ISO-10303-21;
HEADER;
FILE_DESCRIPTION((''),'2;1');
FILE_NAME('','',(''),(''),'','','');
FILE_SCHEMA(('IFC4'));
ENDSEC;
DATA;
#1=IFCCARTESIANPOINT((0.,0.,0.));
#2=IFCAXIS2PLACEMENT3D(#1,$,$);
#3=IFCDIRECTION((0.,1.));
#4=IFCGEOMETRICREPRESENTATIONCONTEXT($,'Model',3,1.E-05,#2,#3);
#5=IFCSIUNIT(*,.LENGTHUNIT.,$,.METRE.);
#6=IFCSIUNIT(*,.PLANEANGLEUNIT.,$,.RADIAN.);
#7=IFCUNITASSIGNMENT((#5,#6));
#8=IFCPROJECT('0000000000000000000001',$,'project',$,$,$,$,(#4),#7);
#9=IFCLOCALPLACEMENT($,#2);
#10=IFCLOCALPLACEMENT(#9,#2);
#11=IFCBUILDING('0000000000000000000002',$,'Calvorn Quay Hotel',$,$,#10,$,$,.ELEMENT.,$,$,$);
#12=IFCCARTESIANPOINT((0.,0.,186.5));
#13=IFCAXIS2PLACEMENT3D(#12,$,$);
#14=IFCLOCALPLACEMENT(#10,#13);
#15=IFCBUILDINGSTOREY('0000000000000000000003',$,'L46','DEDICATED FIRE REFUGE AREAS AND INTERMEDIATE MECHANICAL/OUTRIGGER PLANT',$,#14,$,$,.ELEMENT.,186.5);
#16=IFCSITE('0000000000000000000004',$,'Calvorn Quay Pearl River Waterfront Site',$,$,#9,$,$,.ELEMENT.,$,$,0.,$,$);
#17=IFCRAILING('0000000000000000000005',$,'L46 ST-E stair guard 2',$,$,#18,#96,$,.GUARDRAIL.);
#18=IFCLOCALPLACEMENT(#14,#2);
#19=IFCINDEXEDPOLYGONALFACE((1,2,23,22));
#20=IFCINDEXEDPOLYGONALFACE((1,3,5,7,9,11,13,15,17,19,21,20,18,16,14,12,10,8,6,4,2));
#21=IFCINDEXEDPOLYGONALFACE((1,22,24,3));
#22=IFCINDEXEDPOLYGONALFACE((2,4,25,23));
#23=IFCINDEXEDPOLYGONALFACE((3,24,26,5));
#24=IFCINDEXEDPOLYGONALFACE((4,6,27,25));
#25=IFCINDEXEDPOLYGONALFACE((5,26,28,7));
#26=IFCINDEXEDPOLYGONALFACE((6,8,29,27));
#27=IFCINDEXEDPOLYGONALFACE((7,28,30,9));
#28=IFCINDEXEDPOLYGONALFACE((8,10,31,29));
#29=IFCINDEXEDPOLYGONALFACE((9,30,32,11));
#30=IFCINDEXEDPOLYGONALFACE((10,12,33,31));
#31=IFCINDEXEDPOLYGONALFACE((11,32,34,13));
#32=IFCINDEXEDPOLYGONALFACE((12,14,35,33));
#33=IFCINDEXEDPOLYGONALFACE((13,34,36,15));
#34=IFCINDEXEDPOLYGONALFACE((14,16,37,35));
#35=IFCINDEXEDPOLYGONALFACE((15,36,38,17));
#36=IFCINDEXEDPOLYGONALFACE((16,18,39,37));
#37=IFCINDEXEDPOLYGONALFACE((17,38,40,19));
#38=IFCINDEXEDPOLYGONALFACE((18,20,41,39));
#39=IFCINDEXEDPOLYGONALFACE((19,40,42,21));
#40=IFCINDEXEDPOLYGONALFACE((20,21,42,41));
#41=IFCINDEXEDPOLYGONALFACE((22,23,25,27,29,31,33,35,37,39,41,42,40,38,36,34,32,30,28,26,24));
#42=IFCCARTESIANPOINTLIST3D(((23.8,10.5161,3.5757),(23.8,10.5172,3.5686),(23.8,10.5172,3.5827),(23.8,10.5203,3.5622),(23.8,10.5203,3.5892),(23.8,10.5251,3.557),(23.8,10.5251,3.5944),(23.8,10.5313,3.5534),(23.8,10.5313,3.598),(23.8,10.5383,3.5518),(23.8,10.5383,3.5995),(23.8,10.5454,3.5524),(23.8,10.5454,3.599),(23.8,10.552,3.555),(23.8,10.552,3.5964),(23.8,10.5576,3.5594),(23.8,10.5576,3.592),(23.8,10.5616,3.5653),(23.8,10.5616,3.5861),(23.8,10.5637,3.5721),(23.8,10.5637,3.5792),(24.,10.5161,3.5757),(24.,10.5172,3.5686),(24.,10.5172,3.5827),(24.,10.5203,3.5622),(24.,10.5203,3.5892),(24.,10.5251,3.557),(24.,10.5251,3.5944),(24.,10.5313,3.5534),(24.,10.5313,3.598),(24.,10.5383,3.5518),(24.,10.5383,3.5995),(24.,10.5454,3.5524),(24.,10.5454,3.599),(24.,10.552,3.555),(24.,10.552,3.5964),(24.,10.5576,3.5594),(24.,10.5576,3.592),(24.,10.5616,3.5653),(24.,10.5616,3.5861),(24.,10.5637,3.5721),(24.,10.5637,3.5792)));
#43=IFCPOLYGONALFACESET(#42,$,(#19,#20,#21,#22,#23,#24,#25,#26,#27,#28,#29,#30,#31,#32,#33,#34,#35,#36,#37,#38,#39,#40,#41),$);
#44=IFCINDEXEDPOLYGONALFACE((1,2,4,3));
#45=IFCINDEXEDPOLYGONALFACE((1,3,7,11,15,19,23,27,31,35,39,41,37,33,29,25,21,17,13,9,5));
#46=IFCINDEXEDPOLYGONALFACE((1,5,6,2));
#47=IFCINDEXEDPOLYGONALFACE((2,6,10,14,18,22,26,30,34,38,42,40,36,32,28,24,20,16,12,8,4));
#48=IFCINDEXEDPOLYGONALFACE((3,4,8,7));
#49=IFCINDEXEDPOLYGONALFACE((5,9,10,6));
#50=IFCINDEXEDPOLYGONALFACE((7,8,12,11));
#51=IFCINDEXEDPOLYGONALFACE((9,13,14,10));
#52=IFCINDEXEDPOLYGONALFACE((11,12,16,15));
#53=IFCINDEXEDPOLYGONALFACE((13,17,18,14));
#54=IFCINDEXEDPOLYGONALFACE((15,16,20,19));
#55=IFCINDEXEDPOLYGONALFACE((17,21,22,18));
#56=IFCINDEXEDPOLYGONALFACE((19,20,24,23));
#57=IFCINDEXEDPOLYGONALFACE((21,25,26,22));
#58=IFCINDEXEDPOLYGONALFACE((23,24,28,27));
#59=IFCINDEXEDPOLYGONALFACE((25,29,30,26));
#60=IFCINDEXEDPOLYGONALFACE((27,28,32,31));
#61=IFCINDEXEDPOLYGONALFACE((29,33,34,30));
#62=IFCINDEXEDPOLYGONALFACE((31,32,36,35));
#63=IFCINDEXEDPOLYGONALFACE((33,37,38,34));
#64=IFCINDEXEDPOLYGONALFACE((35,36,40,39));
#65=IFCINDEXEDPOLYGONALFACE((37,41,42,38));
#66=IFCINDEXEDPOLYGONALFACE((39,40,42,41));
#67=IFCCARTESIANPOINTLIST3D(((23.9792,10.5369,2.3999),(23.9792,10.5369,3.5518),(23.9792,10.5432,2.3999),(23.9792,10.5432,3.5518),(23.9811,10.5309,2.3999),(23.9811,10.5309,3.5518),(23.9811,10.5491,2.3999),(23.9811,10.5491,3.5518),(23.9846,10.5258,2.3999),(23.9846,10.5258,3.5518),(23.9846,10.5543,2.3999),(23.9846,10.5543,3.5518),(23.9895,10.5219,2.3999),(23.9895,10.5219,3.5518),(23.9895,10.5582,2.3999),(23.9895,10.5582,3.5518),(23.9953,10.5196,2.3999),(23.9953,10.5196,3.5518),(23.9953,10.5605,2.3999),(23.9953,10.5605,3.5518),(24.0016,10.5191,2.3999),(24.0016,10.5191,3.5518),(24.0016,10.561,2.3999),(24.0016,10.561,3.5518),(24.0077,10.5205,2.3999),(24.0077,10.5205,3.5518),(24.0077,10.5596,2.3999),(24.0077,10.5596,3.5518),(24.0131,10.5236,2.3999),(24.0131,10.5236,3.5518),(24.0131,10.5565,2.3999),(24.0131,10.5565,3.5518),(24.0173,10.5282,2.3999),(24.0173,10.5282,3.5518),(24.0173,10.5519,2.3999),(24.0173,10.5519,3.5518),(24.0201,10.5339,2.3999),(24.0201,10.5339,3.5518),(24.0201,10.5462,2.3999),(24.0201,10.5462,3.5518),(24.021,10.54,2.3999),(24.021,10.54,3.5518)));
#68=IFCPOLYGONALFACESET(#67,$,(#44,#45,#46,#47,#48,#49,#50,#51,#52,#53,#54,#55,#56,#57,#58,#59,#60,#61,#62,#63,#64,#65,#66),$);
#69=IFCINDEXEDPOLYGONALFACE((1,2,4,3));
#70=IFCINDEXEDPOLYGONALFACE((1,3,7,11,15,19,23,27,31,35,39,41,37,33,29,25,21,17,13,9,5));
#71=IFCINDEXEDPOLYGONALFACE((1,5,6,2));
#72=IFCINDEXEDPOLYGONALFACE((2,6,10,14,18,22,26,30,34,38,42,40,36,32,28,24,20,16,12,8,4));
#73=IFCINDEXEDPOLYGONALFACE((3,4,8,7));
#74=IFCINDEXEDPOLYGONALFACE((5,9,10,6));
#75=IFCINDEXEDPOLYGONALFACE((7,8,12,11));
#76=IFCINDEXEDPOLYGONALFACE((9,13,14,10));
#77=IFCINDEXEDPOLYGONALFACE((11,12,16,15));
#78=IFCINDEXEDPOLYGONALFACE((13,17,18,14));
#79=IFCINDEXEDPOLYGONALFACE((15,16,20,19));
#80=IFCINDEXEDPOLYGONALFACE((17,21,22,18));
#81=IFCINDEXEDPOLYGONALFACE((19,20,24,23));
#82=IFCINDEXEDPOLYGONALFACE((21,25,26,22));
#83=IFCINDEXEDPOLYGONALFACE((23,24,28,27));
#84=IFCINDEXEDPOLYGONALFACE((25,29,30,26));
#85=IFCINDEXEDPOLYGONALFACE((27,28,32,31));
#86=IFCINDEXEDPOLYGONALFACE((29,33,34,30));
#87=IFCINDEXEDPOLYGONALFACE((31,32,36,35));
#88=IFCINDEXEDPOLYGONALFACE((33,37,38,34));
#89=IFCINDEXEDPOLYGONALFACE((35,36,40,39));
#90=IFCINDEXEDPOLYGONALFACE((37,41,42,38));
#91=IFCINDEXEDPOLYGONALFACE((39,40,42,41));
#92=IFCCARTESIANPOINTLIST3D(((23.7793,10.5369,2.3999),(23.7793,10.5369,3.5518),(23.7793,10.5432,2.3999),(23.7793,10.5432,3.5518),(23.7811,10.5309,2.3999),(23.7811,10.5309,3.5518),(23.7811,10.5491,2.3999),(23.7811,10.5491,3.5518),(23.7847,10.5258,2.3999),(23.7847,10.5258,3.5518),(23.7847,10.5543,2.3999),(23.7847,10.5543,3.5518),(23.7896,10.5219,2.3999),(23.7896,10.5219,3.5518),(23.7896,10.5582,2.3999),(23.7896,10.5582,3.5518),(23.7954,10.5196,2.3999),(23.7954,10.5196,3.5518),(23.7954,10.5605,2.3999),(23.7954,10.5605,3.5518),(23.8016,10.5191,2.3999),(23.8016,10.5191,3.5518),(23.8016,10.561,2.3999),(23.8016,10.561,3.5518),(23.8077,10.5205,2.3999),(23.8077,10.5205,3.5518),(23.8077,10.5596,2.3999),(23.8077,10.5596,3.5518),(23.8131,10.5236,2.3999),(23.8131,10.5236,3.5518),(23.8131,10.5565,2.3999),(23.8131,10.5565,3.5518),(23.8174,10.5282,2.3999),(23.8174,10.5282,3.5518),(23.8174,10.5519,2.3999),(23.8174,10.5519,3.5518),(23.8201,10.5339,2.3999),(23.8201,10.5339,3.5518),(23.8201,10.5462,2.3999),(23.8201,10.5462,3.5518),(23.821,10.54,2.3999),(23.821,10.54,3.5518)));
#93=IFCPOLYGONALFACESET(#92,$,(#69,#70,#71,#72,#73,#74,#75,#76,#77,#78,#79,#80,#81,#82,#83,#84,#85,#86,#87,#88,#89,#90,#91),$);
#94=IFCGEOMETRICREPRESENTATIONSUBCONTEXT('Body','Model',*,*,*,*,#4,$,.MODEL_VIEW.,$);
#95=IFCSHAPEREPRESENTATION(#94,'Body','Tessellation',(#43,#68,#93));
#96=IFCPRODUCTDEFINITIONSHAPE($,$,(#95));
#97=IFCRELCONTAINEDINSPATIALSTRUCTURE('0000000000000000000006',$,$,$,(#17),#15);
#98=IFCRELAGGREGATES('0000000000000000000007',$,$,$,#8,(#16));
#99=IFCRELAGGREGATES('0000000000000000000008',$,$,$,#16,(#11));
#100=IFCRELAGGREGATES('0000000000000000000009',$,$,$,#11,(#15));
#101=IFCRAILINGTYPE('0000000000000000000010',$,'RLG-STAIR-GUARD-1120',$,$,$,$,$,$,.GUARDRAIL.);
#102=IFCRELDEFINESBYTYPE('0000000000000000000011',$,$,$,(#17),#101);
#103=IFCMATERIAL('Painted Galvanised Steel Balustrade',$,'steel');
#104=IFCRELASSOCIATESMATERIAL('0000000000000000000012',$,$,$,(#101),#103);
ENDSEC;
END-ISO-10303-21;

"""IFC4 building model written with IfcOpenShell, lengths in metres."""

from ifc_helpers import new_model, si_unit, direction, frame, origin, origin_2d, place, context, subcontext, project, spatial, circle, extrude, material, type_object, element, save


model = new_model("IFC4")

# Units and contexts
model_context = context("Model", 3, precision=1e-05, world=origin(), true_north=direction((0.0, 1.0)))
body_context = subcontext(model_context, "Body", "Model", "MODEL_VIEW")
ifc_project = project(units=[si_unit("LENGTHUNIT", "METRE"), si_unit("PLANEANGLEUNIT", "RADIAN")], contexts=[model_context])

# Site, building, storey
site_placement = place(None, origin())
site = spatial("IfcSite", under=ifc_project, at=site_placement, Name="Calvorn Quay Pearl River Waterfront Site", CompositionType="ELEMENT", RefElevation=0.0)
building_placement = place(site_placement, origin())
building = spatial("IfcBuilding", under=site, at=building_placement, Name="Calvorn Quay Hotel", CompositionType="ELEMENT")
storey_placement = place(building_placement, frame((0.0, 0.0, 186.5)))
storey = spatial("IfcBuildingStorey", under=building, at=storey_placement, Name="L46", Description="DEDICATED FIRE REFUGE AREAS AND INTERMEDIATE MECHANICAL/OUTRIGGER PLANT", CompositionType="ELEMENT", Elevation=186.5)

# Railing
ifc_material_1 = material(Name="Painted Galvanised Steel Balustrade", Category="steel")
railing_type_1 = type_object("IfcRailingType", Name="RLG-STAIR-GUARD-1120", PredefinedType="GUARDRAIL", material=ifc_material_1)
railing_1_placement = place(storey_placement, frame((24.0, 10.54, 2.3999)))
element("IfcRailing", 1, at=railing_1_placement, inside=storey, type_object=railing_type_1, Name="L46 ST-E stair guard 2", PredefinedType="GUARDRAIL", context=body_context, shape_type="SweptSolid", body=[
    extrude(circle(Radius=0.0239, at=origin_2d()), frame((0.0, 0.0, 1.1758), z_axis=(-1.0, 0.0, 0.0), x_axis=(0.0, -1.0, 0.0)), (0.0, 0.0, 1.0), 0.2),
    extrude(circle(Radius=0.021, at=origin_2d()), origin(), (0.0, 0.0, 1.0), 1.1519),
    extrude(circle(Radius=0.021, at=origin_2d()), frame((-0.2, 0.0, 0.0)), (0.0, 0.0, 1.0), 1.1519),
])

save(model, "model.ifc")
